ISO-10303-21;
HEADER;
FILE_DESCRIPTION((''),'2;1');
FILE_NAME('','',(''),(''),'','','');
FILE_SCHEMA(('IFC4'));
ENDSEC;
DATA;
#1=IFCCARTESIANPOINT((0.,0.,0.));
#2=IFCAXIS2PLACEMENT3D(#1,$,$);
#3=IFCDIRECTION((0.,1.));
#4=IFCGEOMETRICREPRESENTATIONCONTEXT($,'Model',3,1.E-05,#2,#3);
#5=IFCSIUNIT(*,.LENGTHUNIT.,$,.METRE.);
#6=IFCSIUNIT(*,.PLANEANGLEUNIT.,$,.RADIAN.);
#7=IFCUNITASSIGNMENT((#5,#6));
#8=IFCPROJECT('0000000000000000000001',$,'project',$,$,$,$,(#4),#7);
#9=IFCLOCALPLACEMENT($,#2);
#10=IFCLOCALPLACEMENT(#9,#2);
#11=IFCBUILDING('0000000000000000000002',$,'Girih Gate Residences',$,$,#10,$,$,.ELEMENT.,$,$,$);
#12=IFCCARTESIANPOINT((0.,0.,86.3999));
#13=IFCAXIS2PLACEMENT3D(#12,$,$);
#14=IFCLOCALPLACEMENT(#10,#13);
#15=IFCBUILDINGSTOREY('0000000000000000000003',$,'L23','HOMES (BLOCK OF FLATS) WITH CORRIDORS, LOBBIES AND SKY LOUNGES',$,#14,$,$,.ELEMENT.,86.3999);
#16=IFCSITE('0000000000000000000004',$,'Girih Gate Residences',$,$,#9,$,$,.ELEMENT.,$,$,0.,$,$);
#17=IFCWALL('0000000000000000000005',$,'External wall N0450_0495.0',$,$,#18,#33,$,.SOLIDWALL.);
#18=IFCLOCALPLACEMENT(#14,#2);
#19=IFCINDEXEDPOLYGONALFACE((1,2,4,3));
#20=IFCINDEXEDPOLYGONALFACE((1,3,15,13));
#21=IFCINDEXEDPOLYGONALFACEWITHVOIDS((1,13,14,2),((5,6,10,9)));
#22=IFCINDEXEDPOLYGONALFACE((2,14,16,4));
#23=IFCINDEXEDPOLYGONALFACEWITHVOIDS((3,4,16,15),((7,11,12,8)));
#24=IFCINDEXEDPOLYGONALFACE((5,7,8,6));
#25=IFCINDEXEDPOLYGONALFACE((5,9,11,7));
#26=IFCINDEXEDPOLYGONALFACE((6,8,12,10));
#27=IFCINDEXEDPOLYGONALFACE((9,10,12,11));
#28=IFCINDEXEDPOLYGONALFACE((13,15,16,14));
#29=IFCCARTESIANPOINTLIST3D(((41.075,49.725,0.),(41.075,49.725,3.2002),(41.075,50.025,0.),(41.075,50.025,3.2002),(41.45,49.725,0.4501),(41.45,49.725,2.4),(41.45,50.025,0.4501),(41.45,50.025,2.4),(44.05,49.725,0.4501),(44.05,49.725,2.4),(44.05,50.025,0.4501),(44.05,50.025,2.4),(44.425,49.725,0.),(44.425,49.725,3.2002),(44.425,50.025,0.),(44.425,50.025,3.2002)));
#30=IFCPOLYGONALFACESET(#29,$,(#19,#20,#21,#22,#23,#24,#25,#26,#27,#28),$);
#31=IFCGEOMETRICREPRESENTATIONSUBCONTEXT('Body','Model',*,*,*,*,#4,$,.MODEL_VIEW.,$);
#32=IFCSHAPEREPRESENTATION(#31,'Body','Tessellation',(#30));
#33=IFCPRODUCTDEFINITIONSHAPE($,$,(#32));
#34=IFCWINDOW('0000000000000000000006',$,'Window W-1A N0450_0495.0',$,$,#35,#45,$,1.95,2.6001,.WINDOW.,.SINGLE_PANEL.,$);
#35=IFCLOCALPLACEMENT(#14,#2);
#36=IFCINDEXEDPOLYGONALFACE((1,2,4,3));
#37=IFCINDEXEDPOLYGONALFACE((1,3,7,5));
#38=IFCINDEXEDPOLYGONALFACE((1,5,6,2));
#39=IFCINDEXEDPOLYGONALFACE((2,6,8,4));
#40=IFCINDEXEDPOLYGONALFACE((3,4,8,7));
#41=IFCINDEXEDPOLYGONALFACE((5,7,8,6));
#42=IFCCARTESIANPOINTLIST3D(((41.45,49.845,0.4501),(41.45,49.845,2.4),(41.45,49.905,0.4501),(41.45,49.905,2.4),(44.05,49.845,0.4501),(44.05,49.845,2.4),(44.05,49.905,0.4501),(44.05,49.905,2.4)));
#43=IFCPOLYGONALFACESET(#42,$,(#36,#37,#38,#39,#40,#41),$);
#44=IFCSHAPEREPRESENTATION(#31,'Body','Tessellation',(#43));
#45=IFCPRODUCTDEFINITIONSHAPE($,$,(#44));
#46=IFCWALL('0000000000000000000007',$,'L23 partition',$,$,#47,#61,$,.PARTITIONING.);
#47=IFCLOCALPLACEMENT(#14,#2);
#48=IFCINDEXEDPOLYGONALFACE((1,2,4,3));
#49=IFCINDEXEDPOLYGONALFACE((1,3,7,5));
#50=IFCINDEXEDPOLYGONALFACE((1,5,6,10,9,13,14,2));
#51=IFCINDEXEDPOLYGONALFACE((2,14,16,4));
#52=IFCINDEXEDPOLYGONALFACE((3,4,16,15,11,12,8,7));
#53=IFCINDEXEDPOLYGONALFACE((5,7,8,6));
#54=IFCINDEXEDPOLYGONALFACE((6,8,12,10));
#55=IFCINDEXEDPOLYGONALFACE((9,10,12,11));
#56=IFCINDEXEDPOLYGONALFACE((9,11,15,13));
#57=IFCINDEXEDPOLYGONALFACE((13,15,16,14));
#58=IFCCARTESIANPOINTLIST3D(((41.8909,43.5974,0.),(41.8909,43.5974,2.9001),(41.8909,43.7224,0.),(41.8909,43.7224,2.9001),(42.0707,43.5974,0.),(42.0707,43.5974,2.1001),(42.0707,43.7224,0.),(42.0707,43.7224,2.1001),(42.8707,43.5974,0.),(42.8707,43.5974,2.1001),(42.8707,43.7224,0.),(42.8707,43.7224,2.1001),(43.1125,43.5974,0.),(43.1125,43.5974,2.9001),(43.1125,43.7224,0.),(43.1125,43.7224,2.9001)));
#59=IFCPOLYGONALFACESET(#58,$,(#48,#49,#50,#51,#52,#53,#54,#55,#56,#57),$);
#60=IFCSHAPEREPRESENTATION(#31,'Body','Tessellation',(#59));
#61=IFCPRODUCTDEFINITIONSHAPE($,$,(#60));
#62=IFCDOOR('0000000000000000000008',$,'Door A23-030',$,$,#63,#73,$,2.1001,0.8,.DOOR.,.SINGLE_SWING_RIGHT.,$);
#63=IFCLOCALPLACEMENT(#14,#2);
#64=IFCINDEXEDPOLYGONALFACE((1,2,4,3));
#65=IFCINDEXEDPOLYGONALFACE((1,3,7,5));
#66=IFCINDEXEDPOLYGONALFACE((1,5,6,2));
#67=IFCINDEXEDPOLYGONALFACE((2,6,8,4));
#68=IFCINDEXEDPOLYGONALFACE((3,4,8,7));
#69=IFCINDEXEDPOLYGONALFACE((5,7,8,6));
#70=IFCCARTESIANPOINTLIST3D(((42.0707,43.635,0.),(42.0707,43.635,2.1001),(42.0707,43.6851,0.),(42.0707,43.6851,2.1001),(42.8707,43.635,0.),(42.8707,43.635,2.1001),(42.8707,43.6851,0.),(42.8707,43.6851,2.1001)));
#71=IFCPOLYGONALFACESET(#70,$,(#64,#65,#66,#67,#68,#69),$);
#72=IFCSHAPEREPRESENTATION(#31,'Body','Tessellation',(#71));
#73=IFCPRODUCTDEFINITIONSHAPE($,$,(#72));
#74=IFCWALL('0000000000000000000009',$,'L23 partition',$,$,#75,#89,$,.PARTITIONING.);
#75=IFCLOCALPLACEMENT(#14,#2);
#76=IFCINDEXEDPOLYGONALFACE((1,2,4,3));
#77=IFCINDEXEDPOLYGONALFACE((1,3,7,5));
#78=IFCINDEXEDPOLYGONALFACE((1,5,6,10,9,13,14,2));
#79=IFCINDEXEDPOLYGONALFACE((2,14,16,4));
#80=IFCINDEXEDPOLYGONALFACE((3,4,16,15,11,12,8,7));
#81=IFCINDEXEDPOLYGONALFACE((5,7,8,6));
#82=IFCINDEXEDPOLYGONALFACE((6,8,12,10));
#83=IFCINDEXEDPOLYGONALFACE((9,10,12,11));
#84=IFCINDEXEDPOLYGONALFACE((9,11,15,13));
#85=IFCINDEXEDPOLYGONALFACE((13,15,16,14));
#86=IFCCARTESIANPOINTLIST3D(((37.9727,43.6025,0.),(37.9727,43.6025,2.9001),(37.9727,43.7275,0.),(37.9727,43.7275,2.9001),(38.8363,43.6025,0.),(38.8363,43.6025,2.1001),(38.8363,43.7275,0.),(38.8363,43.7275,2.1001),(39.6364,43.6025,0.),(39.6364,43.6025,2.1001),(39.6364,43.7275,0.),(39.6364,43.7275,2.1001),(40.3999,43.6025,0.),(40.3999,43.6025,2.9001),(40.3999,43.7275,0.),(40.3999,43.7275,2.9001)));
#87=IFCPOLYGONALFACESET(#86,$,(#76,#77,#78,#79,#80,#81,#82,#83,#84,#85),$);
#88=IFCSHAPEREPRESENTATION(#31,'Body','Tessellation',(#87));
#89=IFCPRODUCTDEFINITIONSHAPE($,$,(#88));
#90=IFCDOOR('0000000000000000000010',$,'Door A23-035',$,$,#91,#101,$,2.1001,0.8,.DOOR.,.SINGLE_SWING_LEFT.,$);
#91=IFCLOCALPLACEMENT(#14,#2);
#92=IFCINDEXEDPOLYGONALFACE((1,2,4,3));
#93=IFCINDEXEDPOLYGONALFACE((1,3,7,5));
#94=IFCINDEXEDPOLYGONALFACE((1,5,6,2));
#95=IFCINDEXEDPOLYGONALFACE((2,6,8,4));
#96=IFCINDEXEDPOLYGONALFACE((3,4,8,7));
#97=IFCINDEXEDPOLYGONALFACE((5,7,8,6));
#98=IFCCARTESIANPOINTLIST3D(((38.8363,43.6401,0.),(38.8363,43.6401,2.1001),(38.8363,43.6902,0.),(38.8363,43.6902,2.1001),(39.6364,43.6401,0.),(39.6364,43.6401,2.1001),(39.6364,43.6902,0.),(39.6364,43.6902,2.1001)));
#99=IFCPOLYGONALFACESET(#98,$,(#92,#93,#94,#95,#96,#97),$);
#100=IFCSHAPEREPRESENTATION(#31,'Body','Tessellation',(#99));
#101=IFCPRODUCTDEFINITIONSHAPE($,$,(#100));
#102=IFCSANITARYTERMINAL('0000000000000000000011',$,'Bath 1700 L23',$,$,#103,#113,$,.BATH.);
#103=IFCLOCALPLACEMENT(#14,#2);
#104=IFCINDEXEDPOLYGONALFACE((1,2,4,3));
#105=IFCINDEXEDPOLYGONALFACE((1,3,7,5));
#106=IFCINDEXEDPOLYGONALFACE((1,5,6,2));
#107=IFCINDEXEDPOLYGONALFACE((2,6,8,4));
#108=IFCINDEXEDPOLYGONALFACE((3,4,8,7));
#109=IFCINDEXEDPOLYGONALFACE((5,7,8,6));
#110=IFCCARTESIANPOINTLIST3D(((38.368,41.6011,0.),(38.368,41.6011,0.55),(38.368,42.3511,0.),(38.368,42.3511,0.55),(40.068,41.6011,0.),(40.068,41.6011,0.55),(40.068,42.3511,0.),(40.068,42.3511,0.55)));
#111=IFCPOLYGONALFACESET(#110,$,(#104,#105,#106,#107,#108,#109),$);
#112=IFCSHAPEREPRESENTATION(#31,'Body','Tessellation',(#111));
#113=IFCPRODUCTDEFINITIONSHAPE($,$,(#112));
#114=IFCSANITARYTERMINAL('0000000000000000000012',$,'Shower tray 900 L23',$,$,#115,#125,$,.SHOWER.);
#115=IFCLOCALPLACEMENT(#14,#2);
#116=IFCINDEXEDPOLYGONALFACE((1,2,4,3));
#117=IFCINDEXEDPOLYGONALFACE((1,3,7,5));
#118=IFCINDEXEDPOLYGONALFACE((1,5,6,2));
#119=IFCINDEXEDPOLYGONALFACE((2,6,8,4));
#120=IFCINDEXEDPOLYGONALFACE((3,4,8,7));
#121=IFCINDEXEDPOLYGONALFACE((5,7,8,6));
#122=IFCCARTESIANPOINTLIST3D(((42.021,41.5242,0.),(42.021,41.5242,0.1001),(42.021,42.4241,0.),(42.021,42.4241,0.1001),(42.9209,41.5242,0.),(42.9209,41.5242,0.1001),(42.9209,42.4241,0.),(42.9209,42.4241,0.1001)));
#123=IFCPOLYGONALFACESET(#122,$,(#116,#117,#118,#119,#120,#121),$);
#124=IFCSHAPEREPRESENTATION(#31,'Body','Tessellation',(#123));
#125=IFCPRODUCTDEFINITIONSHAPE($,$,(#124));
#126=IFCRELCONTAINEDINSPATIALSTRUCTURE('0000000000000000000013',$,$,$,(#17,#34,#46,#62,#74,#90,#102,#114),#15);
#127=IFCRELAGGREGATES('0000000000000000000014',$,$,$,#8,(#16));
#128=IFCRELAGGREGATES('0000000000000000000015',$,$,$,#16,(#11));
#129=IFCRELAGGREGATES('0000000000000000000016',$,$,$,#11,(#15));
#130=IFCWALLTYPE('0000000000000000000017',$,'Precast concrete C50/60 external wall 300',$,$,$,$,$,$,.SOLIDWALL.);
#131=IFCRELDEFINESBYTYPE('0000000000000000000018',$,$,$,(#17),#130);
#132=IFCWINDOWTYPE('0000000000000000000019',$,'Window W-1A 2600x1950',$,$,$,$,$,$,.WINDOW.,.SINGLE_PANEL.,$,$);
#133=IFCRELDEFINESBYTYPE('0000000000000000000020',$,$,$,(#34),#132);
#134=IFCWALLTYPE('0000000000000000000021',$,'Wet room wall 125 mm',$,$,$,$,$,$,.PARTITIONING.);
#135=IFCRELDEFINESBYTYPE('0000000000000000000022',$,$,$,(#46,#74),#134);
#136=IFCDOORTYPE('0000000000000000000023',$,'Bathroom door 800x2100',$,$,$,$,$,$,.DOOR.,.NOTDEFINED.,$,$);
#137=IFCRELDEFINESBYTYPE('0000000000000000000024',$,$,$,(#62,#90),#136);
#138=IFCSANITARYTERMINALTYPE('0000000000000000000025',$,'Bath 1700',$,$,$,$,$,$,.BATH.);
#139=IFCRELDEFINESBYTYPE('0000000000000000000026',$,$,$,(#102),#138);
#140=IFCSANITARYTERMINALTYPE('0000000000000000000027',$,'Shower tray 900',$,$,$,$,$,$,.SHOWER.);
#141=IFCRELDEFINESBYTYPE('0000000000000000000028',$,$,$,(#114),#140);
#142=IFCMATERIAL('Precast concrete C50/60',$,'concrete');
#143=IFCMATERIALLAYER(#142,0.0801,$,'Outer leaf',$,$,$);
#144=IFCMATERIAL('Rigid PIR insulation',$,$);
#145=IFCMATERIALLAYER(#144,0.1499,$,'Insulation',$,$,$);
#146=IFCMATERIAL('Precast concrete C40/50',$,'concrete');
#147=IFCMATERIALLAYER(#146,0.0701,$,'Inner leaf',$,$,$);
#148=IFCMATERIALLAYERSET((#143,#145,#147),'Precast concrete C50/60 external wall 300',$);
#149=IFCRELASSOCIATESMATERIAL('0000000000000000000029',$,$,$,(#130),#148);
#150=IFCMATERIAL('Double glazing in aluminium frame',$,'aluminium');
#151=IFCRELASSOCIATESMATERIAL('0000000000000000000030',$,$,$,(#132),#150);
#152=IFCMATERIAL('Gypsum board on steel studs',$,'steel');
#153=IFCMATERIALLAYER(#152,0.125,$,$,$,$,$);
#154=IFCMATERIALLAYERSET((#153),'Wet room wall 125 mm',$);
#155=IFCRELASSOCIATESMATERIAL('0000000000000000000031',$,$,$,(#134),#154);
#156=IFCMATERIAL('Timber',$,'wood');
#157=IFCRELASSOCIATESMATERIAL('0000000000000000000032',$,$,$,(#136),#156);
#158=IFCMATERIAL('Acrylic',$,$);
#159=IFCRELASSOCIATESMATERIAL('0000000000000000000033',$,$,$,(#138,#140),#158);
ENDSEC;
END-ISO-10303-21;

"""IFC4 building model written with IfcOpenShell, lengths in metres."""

from ifc_helpers import new_model, si_unit, direction, frame, frame_2d, origin, origin_2d, place, context, subcontext, project, spatial, rectangle, extrude, material, layer, layer_set, type_object, element, fill, save


model = new_model("IFC4")

# Units and contexts
model_context = context("Model", 3, precision=1e-05, world=origin(), true_north=direction((0.0, 1.0)))
body_context = subcontext(model_context, "Body", "Model", "MODEL_VIEW")
ifc_project = project(units=[si_unit("LENGTHUNIT", "METRE"), si_unit("PLANEANGLEUNIT", "RADIAN")], contexts=[model_context])

# Site, building, storey
site_placement = place(None, origin())
site = spatial("IfcSite", under=ifc_project, at=site_placement, Name="Girih Gate Residences", CompositionType="ELEMENT", RefElevation=0.0)
building_placement = place(site_placement, origin())
building = spatial("IfcBuilding", under=site, at=building_placement, Name="Girih Gate Residences", CompositionType="ELEMENT")
storey_placement = place(building_placement, frame((0.0, 0.0, 86.3999)))
storey = spatial("IfcBuildingStorey", under=building, at=storey_placement, Name="L23", Description="HOMES (BLOCK OF FLATS) WITH CORRIDORS, LOBBIES AND SKY LOUNGES", CompositionType="ELEMENT", Elevation=86.3999)

# Shared definitions
ifc_material_1 = material(Name="Gypsum board on steel studs", Category="steel")
ifc_material_2 = material(Name="Timber", Category="wood")

# Wall, opening, window
ifc_material_3 = material(Name="Precast concrete C50/60", Category="concrete")
ifc_layer_1 = layer(ifc_material_3, 0.0801, Name="Outer leaf")
ifc_material_4 = material(Name="Rigid PIR insulation")
ifc_layer_2 = layer(ifc_material_4, 0.1499, Name="Insulation")
ifc_material_5 = material(Name="Precast concrete C40/50", Category="concrete")
ifc_layer_3 = layer(ifc_material_5, 0.0701, Name="Inner leaf")
ifc_layer_set_1 = layer_set([ifc_layer_1, ifc_layer_2, ifc_layer_3], Name="Precast concrete C50/60 external wall 300")
wall_type_1 = type_object("IfcWallType", Name="Precast concrete C50/60 external wall 300", PredefinedType="SOLIDWALL", material=ifc_layer_set_1)
wall_1_placement = place(storey_placement, frame((41.075, 49.875, 0.0), z_axis=(0.0, 0.0, 1.0), x_axis=(1.0, 0.0, 0.0)))
wall_1 = element("IfcWall", 1, at=wall_1_placement, inside=storey, type_object=wall_type_1, Name="External wall N0450_0495.0", PredefinedType="SOLIDWALL", context=body_context, shape_type="SweptSolid", body=[
    extrude(rectangle(XDim=3.3501, YDim=0.3, at=frame_2d((1.675, 0.0))), origin(), (0.0, 0.0, 1.0), 3.2002),
])
opening_1_placement = place(wall_1_placement, frame((0.375, 0.0, 0.45)))
opening_1 = element("IfcOpeningElement", 2, at=opening_1_placement, cuts=wall_1, PredefinedType="OPENING", context=body_context, shape_type="SweptSolid", body=[
    extrude(rectangle(XDim=2.6001, YDim=1.95, at=frame_2d((1.3, 0.9751))), frame((0.0, 0.1599, 0.0), z_axis=(0.0, -1.0, 0.0), x_axis=(1.0, 0.0, 0.0)), (0.0, 0.0, 1.0), 0.3201),
])
ifc_material_6 = material(Name="Double glazing in aluminium frame", Category="aluminium")
window_type = type_object("IfcWindowType", Name="Window W-1A 2600x1950", PartitioningType="SINGLE_PANEL", PredefinedType="WINDOW", material=ifc_material_6)
window_placement = place(opening_1_placement, origin())
window = element("IfcWindow", 3, at=window_placement, inside=storey, type_object=window_type, Name="Window W-1A N0450_0495.0", OverallHeight=1.95, OverallWidth=2.6001, PartitioningType="SINGLE_PANEL", PredefinedType="WINDOW", context=body_context, shape_type="SweptSolid", body=[
    extrude(rectangle(XDim=2.6001, YDim=1.95, at=frame_2d((1.3, 0.9751))), frame((0.0, 0.03, 0.0), z_axis=(0.0, -1.0, 0.0), x_axis=(1.0, 0.0, 0.0)), (0.0, 0.0, 1.0), 0.0601),
])
fill(opening_1, window)

# Walls, openings, doors
ifc_layer_4 = layer(ifc_material_1, 0.125)
ifc_layer_set_2 = layer_set([ifc_layer_4], Name="Wet room wall 125 mm")
wall_type_2 = type_object("IfcWallType", Name="Wet room wall 125 mm", PredefinedType="PARTITIONING", material=ifc_layer_set_2)
wall_2_placement = place(storey_placement, frame((43.1125, 43.6599, 0.0), z_axis=(0.0, 0.0, 1.0), x_axis=(-1.0, 0.0, 0.0)))
wall_2 = element("IfcWall", 4, at=wall_2_placement, inside=storey, type_object=wall_type_2, Name="L23 partition", PredefinedType="PARTITIONING", context=body_context, shape_type="SweptSolid", body=[
    extrude(rectangle(XDim=1.2217, YDim=0.125, at=frame_2d((0.6108, 0.0))), origin(), (0.0, 0.0, 1.0), 2.9001),
])
opening_2_placement = place(wall_2_placement, frame((0.2419, 0.0, 0.0)))
opening_2 = element("IfcOpeningElement", 5, at=opening_2_placement, cuts=wall_2, PredefinedType="OPENING", context=body_context, shape_type="SweptSolid", body=[
    extrude(rectangle(XDim=0.8, YDim=2.1001, at=frame_2d((0.3999, 1.05))), frame((0.0, 0.0725, 0.0), z_axis=(0.0, -1.0, 0.0), x_axis=(1.0, 0.0, 0.0)), (0.0, 0.0, 1.0), 0.145),
])
door_type_1 = type_object("IfcDoorType", Name="Bathroom door 800x2100", OperationType="NOTDEFINED", PredefinedType="DOOR", material=ifc_material_2)
door_1_placement = place(opening_2_placement, origin())
door_1 = element("IfcDoor", 6, at=door_1_placement, inside=storey, type_object=door_type_1, Name="Door A23-030", OperationType="SINGLE_SWING_RIGHT", OverallHeight=2.1001, OverallWidth=0.8, PredefinedType="DOOR", context=body_context, shape_type="SweptSolid", body=[
    extrude(rectangle(XDim=0.8, YDim=2.1001, at=frame_2d((0.3999, 1.05))), frame((0.0, 0.0249, 0.0), z_axis=(0.0, -1.0, 0.0), x_axis=(1.0, 0.0, 0.0)), (0.0, 0.0, 1.0), 0.05),
])
fill(opening_2, door_1)
wall_3_placement = place(storey_placement, frame((40.3999, 43.665, 0.0), z_axis=(0.0, 0.0, 1.0), x_axis=(-1.0, 0.0, 0.0)))
wall_3 = element("IfcWall", 7, at=wall_3_placement, inside=storey, type_object=wall_type_2, Name="L23 partition", PredefinedType="PARTITIONING", context=body_context, shape_type="SweptSolid", body=[
    extrude(rectangle(XDim=2.4272, YDim=0.125, at=frame_2d((1.2136, 0.0))), origin(), (0.0, 0.0, 1.0), 2.9001),
])
opening_3_placement = place(wall_3_placement, frame((0.7637, 0.0, 0.0)))
opening_3 = element("IfcOpeningElement", 8, at=opening_3_placement, cuts=wall_3, PredefinedType="OPENING", context=body_context, shape_type="SweptSolid", body=[
    extrude(rectangle(XDim=0.8, YDim=2.1001, at=frame_2d((0.3999, 1.05))), frame((0.0, 0.0725, 0.0), z_axis=(0.0, -1.0, 0.0), x_axis=(1.0, 0.0, 0.0)), (0.0, 0.0, 1.0), 0.145),
])
door_2_placement = place(opening_3_placement, origin())
door_2 = element("IfcDoor", 9, at=door_2_placement, inside=storey, type_object=door_type_1, Name="Door A23-035", OperationType="SINGLE_SWING_LEFT", OverallHeight=2.1001, OverallWidth=0.8, PredefinedType="DOOR", context=body_context, shape_type="SweptSolid", body=[
    extrude(rectangle(XDim=0.8, YDim=2.1001, at=frame_2d((0.3999, 1.05))), frame((0.0, 0.0249, 0.0), z_axis=(0.0, -1.0, 0.0), x_axis=(1.0, 0.0, 0.0)), (0.0, 0.0, 1.0), 0.05),
])
fill(opening_3, door_2)

# Sanitary terminals
ifc_material_7 = material(Name="Acrylic")
sanitary_terminal_type_1 = type_object("IfcSanitaryTerminalType", Name="Bath 1700", PredefinedType="BATH", material=ifc_material_7)
sanitary_terminal_1_placement = place(storey_placement, frame((39.218, 41.9761, 0.0), z_axis=(0.0, 0.0, 1.0), x_axis=(1.0, 0.0, 0.0)))
element("IfcSanitaryTerminal", 10, at=sanitary_terminal_1_placement, inside=storey, type_object=sanitary_terminal_type_1, Name="Bath 1700 L23", PredefinedType="BATH", context=body_context, shape_type="SweptSolid", body=[
    extrude(rectangle(XDim=1.7, YDim=0.75, at=origin_2d()), origin(), (0.0, 0.0, 1.0), 0.55),
])
sanitary_terminal_type_2 = type_object("IfcSanitaryTerminalType", Name="Shower tray 900", PredefinedType="SHOWER", material=ifc_material_7)
sanitary_terminal_2_placement = place(storey_placement, frame((42.4709, 41.9741, 0.0), z_axis=(0.0, 0.0, 1.0), x_axis=(1.0, 0.0, 0.0)))
element("IfcSanitaryTerminal", 11, at=sanitary_terminal_2_placement, inside=storey, type_object=sanitary_terminal_type_2, Name="Shower tray 900 L23", PredefinedType="SHOWER", context=body_context, shape_type="SweptSolid", body=[
    extrude(rectangle(XDim=0.8999, YDim=0.8999, at=origin_2d()), origin(), (0.0, 0.0, 1.0), 0.1001),
])

save(model, "model.ifc")
